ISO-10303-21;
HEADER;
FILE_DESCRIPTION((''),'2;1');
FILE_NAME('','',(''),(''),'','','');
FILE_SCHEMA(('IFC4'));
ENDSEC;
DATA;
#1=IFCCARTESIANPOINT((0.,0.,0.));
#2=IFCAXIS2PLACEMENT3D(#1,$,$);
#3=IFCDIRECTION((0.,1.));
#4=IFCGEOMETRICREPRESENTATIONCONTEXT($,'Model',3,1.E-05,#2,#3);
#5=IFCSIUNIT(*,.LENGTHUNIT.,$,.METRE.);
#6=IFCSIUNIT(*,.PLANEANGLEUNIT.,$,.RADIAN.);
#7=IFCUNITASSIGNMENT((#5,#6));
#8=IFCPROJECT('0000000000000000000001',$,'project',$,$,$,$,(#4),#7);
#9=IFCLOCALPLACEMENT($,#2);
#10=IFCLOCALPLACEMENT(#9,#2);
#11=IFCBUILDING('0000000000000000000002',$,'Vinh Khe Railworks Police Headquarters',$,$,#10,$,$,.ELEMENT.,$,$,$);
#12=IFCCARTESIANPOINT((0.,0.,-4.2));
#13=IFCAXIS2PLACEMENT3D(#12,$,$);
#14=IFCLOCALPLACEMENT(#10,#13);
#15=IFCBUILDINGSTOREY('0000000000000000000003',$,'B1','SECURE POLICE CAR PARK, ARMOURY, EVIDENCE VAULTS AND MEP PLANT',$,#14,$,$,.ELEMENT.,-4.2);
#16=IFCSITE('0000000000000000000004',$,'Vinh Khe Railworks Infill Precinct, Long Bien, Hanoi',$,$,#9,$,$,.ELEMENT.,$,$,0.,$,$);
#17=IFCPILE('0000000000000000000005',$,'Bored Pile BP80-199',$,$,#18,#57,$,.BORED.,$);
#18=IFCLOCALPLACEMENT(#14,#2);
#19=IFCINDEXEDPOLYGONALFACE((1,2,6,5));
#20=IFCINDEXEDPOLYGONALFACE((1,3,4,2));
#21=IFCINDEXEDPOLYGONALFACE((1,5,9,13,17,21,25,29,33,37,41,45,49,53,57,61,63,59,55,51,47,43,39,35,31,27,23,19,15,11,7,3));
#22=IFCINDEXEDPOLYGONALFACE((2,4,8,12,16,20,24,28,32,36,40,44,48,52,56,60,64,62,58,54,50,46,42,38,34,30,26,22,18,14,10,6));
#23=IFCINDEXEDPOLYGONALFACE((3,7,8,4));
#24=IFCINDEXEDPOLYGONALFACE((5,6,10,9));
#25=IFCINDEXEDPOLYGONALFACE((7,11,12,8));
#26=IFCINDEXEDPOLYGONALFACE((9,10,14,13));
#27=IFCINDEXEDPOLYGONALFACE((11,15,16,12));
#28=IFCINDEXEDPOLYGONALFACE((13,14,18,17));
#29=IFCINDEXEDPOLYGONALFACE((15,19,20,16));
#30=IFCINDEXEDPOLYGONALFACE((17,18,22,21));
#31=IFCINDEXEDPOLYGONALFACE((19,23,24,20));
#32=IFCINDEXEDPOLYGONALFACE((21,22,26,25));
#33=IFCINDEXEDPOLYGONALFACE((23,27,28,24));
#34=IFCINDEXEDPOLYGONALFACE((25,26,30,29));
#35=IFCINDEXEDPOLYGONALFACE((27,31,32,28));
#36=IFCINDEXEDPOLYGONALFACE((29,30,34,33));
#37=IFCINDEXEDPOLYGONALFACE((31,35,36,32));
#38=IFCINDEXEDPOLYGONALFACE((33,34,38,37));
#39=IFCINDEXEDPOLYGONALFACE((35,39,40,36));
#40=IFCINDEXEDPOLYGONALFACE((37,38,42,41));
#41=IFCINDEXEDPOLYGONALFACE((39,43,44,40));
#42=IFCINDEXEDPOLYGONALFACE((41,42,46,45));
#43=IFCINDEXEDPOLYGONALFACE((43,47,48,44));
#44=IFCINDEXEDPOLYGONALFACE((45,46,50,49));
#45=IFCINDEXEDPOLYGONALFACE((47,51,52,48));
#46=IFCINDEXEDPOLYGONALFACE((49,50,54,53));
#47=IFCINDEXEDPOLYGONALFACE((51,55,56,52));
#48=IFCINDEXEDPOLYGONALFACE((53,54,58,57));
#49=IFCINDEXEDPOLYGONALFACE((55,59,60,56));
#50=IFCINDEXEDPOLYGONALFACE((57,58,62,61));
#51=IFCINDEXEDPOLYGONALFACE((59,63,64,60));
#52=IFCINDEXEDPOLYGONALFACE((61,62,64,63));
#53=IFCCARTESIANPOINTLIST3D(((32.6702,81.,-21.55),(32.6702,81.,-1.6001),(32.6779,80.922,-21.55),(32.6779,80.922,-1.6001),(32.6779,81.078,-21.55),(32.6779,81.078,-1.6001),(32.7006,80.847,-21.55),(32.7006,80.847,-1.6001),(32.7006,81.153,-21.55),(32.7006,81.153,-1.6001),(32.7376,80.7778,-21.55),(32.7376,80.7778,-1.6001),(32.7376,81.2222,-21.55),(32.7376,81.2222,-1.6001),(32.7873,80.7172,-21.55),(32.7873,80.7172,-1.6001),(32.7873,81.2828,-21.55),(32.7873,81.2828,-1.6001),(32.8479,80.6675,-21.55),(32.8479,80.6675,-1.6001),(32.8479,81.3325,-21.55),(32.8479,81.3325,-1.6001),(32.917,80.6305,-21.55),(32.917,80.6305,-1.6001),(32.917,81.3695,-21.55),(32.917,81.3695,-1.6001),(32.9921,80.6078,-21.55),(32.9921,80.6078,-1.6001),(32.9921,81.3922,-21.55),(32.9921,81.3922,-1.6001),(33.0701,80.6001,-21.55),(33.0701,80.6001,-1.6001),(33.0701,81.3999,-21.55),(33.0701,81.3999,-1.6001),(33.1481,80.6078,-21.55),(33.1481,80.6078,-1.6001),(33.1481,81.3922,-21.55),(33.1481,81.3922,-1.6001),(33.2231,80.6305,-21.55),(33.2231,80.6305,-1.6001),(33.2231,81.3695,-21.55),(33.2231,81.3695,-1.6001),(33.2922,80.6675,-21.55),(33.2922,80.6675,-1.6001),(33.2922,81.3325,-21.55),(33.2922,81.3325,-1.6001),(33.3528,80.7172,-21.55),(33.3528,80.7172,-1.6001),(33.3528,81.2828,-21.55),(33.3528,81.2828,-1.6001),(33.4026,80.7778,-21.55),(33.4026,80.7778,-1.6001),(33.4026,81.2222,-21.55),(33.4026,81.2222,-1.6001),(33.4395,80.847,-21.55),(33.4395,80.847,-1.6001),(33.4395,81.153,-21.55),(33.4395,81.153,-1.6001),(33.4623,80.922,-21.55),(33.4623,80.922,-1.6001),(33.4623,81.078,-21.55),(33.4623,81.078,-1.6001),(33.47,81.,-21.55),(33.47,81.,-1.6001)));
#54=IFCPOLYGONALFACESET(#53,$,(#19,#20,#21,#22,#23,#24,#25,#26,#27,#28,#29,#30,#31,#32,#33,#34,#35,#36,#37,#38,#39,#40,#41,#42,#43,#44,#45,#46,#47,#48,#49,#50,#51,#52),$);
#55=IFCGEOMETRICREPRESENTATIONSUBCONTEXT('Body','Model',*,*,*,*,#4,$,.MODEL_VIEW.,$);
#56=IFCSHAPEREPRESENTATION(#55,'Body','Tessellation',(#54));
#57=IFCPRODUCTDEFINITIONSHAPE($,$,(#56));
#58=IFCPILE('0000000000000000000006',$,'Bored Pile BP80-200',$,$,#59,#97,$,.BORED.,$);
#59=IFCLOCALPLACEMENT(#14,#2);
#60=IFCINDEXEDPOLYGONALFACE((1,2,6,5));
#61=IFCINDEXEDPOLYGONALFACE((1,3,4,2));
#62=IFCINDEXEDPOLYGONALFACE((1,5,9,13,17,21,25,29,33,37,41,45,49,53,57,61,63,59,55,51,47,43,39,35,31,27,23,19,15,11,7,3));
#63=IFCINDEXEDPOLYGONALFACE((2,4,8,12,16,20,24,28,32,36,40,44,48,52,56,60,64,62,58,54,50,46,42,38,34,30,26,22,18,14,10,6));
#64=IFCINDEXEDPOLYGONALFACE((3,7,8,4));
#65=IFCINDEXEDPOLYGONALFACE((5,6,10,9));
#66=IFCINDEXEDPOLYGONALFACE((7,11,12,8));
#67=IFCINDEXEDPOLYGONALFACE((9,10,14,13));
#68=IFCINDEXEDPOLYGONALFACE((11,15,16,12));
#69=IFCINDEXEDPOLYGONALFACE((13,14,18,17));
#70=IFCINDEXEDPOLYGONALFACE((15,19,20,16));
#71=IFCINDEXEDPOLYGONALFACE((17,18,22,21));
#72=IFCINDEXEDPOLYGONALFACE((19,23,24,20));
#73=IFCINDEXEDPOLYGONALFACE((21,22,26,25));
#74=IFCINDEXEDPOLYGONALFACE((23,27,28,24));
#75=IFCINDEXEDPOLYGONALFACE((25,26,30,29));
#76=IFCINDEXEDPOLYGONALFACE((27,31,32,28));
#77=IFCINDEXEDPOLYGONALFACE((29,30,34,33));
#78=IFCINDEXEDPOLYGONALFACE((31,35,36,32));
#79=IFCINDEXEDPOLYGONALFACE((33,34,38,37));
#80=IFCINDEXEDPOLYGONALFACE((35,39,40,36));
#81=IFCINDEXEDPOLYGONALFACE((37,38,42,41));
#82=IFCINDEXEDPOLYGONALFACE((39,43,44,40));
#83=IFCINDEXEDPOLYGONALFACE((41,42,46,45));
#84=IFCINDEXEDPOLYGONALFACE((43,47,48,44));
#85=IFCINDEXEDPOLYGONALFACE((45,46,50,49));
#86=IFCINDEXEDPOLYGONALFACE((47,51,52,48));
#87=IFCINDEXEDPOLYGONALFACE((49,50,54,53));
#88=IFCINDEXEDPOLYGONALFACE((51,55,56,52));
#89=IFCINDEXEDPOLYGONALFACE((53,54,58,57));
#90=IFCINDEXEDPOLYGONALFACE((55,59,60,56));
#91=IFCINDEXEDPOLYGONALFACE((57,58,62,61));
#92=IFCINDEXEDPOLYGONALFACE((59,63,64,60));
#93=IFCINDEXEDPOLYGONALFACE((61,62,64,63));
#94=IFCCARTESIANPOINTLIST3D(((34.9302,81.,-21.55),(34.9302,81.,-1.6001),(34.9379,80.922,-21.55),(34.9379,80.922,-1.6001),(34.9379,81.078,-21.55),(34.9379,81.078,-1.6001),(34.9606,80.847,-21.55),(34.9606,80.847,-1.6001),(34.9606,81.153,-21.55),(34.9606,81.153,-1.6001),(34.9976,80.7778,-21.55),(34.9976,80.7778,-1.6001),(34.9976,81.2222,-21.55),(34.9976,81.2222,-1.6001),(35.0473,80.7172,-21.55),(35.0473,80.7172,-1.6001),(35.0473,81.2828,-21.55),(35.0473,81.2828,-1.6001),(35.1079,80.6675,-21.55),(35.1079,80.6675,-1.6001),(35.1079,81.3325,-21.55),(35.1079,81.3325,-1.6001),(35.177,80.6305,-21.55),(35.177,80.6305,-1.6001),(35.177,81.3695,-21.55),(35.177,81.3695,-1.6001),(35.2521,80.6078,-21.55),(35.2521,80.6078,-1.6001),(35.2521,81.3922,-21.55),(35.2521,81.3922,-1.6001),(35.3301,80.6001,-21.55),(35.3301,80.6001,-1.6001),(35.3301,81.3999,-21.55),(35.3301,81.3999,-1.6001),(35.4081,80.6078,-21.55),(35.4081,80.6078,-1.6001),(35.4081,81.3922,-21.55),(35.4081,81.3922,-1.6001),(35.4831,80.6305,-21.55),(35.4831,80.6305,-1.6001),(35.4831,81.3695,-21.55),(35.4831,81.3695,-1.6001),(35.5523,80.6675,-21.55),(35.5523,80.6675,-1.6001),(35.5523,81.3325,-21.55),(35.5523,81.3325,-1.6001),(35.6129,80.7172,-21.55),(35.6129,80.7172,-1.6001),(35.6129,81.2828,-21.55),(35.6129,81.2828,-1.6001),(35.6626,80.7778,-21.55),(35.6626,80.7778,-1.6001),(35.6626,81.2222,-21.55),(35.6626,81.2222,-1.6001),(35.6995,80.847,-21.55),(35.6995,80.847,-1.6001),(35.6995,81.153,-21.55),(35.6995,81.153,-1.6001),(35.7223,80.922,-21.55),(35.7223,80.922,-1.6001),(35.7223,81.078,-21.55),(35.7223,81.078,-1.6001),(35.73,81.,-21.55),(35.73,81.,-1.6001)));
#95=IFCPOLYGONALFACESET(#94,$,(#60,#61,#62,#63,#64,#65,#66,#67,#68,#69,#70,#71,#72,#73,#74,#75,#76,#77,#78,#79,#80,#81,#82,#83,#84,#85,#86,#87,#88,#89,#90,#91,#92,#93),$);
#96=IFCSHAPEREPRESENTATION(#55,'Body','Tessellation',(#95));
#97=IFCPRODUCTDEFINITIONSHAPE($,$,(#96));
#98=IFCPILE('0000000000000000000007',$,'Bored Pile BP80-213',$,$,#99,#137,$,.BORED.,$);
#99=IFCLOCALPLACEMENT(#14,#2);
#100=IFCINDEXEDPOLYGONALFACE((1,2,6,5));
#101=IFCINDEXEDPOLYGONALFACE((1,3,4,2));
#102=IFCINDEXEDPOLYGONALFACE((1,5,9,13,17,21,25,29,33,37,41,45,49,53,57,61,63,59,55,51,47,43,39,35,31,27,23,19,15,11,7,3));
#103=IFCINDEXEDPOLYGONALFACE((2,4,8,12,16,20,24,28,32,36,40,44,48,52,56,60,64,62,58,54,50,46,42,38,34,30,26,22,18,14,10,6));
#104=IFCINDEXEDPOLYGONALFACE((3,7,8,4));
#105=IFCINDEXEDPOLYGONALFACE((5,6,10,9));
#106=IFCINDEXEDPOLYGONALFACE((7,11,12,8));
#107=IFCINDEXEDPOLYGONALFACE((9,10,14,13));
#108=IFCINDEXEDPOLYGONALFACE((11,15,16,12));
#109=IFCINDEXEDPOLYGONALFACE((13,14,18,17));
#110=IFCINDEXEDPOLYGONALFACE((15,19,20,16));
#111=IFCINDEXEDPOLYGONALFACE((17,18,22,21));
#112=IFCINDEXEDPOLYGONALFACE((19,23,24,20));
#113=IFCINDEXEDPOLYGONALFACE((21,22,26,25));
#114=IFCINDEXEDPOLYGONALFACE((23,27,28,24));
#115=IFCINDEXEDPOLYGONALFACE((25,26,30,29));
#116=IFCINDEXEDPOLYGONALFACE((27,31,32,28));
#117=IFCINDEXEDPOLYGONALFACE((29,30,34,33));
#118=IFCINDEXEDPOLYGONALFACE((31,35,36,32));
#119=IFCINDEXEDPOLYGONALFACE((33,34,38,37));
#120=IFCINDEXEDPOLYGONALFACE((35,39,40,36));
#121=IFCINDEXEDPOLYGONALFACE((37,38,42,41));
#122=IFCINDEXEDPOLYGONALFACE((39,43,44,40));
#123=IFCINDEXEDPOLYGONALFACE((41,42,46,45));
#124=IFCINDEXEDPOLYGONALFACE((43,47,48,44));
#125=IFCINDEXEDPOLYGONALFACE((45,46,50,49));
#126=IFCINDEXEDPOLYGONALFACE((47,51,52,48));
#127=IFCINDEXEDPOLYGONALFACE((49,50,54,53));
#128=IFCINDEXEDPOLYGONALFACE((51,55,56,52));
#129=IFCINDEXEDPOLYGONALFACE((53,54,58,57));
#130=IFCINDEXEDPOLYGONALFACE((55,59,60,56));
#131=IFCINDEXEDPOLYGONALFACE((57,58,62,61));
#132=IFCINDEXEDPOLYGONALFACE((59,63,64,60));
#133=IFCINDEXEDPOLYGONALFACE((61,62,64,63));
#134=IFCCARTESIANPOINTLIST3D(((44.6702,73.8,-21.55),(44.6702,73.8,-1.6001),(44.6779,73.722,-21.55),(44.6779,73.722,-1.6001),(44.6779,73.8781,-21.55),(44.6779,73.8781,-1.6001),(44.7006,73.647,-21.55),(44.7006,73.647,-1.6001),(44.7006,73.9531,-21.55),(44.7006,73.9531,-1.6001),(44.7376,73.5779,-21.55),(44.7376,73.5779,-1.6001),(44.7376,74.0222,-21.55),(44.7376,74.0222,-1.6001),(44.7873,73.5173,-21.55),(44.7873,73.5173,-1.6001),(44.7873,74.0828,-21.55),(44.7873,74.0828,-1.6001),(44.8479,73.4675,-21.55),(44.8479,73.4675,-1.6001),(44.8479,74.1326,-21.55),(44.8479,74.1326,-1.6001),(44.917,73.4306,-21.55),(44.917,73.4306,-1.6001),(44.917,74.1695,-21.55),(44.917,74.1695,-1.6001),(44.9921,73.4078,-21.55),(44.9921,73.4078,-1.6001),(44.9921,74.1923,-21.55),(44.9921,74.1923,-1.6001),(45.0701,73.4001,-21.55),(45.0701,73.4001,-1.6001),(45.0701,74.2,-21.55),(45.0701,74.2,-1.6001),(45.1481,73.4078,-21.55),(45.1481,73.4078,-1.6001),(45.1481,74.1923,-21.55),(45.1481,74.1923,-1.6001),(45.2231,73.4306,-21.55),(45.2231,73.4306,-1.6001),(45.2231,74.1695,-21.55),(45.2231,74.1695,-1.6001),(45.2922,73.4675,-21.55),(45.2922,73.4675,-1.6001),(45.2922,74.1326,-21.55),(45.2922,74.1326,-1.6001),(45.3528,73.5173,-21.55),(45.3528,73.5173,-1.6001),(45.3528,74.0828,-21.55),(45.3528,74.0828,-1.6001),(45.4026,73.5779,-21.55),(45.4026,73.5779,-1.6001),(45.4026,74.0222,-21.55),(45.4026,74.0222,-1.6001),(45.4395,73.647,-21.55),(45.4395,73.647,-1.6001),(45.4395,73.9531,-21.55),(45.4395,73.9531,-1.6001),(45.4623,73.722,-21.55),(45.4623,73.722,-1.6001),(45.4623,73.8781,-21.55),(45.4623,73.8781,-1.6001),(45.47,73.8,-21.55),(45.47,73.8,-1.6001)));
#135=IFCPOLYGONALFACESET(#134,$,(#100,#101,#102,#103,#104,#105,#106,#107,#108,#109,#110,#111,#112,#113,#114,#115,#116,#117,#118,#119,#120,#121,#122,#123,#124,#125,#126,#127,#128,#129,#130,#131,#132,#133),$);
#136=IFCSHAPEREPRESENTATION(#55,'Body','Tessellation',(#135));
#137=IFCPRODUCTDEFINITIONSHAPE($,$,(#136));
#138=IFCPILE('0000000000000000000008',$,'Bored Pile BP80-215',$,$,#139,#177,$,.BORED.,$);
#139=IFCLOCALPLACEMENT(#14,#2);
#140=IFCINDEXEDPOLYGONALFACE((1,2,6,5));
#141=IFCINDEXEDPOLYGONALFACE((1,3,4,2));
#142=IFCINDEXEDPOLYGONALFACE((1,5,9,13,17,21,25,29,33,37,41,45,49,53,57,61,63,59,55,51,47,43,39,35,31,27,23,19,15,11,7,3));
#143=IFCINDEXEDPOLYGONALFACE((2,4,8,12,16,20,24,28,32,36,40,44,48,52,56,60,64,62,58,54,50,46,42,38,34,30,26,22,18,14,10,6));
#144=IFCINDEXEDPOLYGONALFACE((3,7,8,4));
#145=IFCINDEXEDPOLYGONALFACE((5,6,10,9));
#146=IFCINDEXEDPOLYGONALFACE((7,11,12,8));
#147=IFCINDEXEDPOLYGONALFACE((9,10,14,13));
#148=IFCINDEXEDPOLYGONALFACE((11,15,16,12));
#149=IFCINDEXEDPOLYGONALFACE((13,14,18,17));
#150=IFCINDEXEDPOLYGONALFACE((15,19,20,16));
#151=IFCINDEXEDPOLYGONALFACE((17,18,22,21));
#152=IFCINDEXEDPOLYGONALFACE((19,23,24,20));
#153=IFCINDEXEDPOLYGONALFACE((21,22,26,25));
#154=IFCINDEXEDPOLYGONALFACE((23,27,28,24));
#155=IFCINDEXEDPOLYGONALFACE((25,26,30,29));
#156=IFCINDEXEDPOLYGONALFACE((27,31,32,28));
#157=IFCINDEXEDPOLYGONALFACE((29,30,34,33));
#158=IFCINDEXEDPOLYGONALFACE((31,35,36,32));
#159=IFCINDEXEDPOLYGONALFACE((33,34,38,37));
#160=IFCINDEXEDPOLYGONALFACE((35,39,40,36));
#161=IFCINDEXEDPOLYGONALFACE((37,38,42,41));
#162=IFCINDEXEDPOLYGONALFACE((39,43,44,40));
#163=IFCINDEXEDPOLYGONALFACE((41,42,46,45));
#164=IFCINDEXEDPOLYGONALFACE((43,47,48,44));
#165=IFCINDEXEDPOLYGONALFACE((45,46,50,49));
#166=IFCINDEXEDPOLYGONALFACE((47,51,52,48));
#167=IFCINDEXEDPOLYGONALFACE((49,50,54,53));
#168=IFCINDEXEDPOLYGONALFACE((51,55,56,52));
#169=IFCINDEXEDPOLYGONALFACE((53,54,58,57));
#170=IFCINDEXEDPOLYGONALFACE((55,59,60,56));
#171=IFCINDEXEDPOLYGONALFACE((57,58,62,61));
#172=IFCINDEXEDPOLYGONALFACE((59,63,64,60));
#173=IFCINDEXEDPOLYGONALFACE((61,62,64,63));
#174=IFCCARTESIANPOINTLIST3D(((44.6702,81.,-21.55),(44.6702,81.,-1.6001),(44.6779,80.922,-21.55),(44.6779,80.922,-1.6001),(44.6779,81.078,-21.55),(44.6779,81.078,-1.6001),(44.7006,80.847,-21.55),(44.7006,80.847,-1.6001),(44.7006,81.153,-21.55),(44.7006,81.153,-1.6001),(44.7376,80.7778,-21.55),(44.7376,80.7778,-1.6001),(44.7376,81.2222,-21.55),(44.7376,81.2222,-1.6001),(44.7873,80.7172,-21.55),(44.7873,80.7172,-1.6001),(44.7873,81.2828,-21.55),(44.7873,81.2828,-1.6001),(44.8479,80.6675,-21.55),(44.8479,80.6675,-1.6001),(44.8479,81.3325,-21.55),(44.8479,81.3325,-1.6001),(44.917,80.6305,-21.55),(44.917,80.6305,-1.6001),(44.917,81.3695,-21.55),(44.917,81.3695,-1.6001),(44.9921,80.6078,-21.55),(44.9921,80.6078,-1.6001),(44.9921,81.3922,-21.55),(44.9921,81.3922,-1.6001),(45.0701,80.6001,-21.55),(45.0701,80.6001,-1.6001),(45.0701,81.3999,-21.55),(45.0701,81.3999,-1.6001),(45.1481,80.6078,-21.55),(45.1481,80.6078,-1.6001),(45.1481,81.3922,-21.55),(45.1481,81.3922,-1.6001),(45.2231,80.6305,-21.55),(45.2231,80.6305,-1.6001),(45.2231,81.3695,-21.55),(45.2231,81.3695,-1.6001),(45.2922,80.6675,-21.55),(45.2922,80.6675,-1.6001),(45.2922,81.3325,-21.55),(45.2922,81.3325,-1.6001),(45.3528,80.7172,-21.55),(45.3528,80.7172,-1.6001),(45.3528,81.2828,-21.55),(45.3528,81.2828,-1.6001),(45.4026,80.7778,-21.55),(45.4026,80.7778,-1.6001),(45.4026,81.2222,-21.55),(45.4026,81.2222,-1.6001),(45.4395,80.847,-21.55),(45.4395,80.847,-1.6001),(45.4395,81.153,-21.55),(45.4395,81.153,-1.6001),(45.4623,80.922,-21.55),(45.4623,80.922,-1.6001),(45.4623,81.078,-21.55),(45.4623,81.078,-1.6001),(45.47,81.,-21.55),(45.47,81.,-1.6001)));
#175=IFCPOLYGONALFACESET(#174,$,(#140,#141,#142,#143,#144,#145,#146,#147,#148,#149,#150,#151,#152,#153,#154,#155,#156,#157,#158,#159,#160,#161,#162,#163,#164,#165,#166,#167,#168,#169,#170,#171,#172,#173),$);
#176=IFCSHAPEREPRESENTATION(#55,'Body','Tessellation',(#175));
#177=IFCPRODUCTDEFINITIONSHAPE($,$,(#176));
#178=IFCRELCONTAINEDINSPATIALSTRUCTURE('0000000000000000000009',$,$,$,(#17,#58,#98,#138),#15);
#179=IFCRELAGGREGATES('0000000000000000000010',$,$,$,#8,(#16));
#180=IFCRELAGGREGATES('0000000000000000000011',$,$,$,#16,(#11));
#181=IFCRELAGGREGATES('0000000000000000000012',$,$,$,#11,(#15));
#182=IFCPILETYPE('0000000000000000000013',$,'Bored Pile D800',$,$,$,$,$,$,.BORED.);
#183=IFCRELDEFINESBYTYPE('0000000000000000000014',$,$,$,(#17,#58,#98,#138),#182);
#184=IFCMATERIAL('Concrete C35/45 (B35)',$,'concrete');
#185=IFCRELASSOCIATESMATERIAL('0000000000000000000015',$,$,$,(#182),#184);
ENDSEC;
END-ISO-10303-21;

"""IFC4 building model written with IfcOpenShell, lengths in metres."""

from ifc_helpers import new_model, si_unit, direction, frame, origin, origin_2d, place, context, subcontext, project, spatial, circle, extrude, material, material_profile, profile_set, type_object, element, save


model = new_model("IFC4")

# Units and contexts
model_context = context("Model", 3, precision=1e-05, world=origin(), true_north=direction((0.0, 1.0)))
body_context = subcontext(model_context, "Body", "Model", "MODEL_VIEW")
ifc_project = project(units=[si_unit("LENGTHUNIT", "METRE"), si_unit("PLANEANGLEUNIT", "RADIAN")], contexts=[model_context])

# Site, building, storey
site_placement = place(None, origin())
site = spatial("IfcSite", under=ifc_project, at=site_placement, Name="Vinh Khe Railworks Infill Precinct, Long Bien, Hanoi", CompositionType="ELEMENT", RefElevation=0.0)
building_placement = place(site_placement, origin())
building = spatial("IfcBuilding", under=site, at=building_placement, Name="Vinh Khe Railworks Police Headquarters", CompositionType="ELEMENT")
storey_placement = place(building_placement, frame((0.0, 0.0, -4.2)))
storey = spatial("IfcBuildingStorey", under=building, at=storey_placement, Name="B1", Description="SECURE POLICE CAR PARK, ARMOURY, EVIDENCE VAULTS AND MEP PLANT", CompositionType="ELEMENT", Elevation=-4.2)

# Piles
ifc_material_1 = material(Name="Concrete C35/45 (B35)", Category="concrete")
ifc_material_profile_1 = material_profile(ifc_material_1, circle(Radius=0.3999, at=origin_2d()), Name="BORED PILE D800")
ifc_profile_set_1 = profile_set([ifc_material_profile_1], Name="Concrete C35/45 (B35)")
pile_type_1 = type_object("IfcPileType", Name="Bored Pile D800", PredefinedType="BORED", material=ifc_profile_set_1)
for number, where, z_axis, x_axis, name in (
    (1, (33.0701, 81.0, -1.6001), (0.0, 0.0, -1.0), (1.0, 0.0, 0.0), "Bored Pile BP80-199"),
    (2, (35.3301, 81.0, -1.6001), (0.0, 0.0, -1.0), (1.0, 0.0, 0.0), "Bored Pile BP80-200"),
    (3, (45.0701, 73.8, -1.6001), (0.0, 0.0, -1.0), (1.0, 0.0, 0.0), "Bored Pile BP80-213"),
    (4, (45.0701, 81.0, -1.6001), (0.0, 0.0, -1.0), (1.0, 0.0, 0.0), "Bored Pile BP80-215"),
):
    element("IfcPile", number, at=place(storey_placement, frame(where, z_axis=z_axis, x_axis=x_axis)), inside=storey, type_object=pile_type_1, Name=name, PredefinedType="BORED", context=body_context, shape_type="SweptSolid", body=[
        extrude(circle(Radius=0.3999, at=origin_2d()), origin(), (0.0, 0.0, 1.0), 19.95),
    ])

save(model, "model.ifc")
